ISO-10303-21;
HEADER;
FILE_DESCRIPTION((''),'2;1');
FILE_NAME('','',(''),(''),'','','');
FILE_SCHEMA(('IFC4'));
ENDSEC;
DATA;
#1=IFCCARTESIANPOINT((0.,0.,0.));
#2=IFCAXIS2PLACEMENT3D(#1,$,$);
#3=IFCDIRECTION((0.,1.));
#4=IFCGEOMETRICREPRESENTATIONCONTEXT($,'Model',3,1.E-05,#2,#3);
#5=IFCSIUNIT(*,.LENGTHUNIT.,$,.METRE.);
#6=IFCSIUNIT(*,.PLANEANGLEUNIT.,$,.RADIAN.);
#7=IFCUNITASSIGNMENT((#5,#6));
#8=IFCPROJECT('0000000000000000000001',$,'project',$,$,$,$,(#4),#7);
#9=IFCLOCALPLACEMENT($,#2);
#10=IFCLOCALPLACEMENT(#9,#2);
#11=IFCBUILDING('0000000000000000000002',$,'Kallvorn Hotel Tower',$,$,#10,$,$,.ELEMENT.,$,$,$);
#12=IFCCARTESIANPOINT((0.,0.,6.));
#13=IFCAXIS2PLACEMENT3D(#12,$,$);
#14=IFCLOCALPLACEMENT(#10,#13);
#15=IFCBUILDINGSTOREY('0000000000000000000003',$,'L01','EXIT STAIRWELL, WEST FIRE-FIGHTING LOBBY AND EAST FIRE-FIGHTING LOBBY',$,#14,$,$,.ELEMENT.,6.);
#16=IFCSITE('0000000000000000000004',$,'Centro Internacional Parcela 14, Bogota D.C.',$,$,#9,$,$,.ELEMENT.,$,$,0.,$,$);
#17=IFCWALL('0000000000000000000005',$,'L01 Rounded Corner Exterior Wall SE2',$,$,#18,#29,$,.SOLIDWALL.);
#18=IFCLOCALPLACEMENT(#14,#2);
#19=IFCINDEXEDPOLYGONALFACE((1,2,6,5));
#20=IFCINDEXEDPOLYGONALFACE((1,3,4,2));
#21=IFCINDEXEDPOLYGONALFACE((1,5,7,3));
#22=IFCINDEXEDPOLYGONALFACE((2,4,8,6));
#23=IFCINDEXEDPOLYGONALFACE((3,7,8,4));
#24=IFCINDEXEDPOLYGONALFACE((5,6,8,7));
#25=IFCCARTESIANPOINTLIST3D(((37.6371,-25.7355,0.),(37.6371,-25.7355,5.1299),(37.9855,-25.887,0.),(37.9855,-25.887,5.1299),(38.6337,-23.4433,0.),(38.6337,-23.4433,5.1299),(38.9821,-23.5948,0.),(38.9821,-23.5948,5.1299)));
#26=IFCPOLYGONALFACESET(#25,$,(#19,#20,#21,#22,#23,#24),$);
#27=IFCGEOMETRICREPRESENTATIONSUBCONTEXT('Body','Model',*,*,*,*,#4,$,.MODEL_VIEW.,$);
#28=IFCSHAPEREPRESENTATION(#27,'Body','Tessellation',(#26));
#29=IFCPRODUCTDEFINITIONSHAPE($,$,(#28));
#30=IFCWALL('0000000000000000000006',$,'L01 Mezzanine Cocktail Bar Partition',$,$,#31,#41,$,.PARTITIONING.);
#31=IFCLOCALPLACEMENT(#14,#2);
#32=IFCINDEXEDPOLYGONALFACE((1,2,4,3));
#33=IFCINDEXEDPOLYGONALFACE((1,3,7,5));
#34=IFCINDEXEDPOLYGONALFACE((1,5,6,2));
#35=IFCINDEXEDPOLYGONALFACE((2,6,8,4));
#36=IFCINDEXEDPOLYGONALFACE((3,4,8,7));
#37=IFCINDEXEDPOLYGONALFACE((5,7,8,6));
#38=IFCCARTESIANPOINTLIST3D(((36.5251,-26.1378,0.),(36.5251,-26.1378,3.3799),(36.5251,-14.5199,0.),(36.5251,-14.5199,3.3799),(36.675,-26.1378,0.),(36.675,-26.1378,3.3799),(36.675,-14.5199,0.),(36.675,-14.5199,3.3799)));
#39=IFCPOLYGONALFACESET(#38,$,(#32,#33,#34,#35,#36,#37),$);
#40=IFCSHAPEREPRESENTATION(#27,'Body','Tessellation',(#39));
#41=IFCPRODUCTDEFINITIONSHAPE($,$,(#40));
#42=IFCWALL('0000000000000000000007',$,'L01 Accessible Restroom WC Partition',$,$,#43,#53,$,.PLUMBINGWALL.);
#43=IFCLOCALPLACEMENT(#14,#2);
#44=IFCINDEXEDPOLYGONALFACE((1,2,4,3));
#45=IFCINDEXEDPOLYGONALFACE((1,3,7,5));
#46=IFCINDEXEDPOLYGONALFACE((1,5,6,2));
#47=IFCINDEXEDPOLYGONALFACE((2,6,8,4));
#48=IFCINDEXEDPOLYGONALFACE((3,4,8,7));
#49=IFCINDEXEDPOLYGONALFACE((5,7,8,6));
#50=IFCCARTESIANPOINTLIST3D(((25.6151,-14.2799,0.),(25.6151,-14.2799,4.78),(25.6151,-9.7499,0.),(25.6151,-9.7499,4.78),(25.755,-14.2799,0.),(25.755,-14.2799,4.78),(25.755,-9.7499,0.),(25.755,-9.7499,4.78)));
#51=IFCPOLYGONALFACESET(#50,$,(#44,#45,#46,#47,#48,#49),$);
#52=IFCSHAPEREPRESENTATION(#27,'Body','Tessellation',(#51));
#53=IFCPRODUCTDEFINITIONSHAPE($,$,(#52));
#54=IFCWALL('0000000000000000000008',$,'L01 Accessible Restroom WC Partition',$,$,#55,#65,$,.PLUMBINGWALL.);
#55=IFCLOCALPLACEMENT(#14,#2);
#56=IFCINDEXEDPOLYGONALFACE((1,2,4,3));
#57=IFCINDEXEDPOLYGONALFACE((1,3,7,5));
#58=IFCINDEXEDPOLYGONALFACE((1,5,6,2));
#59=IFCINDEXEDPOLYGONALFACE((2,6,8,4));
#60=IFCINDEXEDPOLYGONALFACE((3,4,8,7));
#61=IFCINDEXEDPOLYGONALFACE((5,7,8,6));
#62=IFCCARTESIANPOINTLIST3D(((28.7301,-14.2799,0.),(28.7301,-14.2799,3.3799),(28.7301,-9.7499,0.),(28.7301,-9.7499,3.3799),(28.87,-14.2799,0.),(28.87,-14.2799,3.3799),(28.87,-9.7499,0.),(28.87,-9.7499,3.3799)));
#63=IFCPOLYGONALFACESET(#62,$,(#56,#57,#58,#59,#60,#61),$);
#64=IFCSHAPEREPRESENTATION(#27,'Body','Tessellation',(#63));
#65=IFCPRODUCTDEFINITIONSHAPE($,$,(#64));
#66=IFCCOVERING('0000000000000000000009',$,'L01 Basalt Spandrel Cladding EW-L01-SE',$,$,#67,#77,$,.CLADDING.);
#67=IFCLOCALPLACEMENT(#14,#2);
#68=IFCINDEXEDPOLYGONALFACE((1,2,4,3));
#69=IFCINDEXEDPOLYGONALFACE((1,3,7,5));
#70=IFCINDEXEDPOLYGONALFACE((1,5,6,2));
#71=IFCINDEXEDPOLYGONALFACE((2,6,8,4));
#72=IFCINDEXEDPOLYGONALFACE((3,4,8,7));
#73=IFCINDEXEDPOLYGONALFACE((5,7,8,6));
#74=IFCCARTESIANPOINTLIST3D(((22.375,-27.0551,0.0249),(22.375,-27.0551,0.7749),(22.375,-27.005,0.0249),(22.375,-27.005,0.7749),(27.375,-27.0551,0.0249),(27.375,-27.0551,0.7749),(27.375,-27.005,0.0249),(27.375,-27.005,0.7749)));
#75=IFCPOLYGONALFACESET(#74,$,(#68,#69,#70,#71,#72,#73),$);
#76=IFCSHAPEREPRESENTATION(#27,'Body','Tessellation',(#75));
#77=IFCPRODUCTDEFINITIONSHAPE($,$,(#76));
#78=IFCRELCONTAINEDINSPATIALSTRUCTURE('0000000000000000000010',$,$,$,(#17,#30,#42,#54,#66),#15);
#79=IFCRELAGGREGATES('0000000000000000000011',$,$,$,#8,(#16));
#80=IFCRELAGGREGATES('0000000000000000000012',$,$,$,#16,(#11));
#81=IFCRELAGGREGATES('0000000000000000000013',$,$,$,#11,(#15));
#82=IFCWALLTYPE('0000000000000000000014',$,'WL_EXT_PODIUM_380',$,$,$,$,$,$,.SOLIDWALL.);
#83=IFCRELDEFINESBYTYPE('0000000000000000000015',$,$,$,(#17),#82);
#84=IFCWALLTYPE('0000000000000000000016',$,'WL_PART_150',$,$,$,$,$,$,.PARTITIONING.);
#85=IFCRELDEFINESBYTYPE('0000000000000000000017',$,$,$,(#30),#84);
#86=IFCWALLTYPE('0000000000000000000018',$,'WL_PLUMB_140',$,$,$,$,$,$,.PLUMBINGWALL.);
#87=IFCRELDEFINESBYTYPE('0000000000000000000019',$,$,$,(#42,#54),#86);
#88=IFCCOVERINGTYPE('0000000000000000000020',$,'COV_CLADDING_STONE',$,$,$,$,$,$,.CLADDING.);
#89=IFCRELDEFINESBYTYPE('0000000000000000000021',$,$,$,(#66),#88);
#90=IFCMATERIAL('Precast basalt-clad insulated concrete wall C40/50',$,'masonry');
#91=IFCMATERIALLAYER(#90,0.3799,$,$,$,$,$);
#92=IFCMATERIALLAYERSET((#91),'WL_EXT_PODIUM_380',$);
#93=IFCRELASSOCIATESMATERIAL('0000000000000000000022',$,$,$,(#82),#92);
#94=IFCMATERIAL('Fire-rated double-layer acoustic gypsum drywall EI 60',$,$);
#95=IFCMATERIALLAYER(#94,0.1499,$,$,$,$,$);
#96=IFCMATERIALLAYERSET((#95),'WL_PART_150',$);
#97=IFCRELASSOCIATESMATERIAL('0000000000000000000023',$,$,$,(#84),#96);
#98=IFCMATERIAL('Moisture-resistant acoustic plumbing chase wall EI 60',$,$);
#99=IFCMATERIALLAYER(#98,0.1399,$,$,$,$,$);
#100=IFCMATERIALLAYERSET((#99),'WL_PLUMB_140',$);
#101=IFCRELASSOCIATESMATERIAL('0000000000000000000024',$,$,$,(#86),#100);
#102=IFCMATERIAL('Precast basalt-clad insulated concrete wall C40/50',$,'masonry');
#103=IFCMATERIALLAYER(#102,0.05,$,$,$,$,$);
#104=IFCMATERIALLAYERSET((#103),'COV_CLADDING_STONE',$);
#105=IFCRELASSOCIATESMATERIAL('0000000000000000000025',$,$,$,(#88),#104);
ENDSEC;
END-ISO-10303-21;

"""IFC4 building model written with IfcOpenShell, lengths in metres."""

from ifc_helpers import new_model, si_unit, direction, frame, frame_2d, origin, origin_2d, place, context, subcontext, project, spatial, rectangle, extrude, material, layer, layer_set, type_object, element, save


model = new_model("IFC4")

# Units and contexts
model_context = context("Model", 3, precision=1e-05, world=origin(), true_north=direction((0.0, 1.0)))
body_context = subcontext(model_context, "Body", "Model", "MODEL_VIEW")
ifc_project = project(units=[si_unit("LENGTHUNIT", "METRE"), si_unit("PLANEANGLEUNIT", "RADIAN")], contexts=[model_context])

# Site, building, storey
site_placement = place(None, origin())
site = spatial("IfcSite", under=ifc_project, at=site_placement, Name="Centro Internacional Parcela 14, Bogota D.C.", CompositionType="ELEMENT", RefElevation=0.0)
building_placement = place(site_placement, origin())
building = spatial("IfcBuilding", under=site, at=building_placement, Name="Kallvorn Hotel Tower", CompositionType="ELEMENT")
storey_placement = place(building_placement, frame((0.0, 0.0, 6.0)))
storey = spatial("IfcBuildingStorey", under=building, at=storey_placement, Name="L01", Description="EXIT STAIRWELL, WEST FIRE-FIGHTING LOBBY AND EAST FIRE-FIGHTING LOBBY", CompositionType="ELEMENT", Elevation=6.0)

# Shared definitions
ifc_material_1 = material(Name="Precast basalt-clad insulated concrete wall C40/50", Category="masonry")
ifc_layer_1 = layer(ifc_material_1, 0.3799)
ifc_layer_set_1 = layer_set([ifc_layer_1], Name="WL_EXT_PODIUM_380")
wall_type_1 = type_object("IfcWallType", Name="WL_EXT_PODIUM_380", PredefinedType="SOLIDWALL", material=ifc_layer_set_1)

# Walls
for number, where, z_axis, x_axis, name in (
    (1, (37.8113, -25.8113, 0.0), (0.0, 0.0, 1.0), (0.398712, 0.917076, 0.0), "L01 Rounded Corner Exterior Wall SE2"),
):
    element("IfcWall", number, at=place(storey_placement, frame(where, z_axis=z_axis, x_axis=x_axis)), inside=storey, type_object=wall_type_1, Name=name, PredefinedType="SOLIDWALL", context=body_context, shape_type="SweptSolid", body=[
        extrude(rectangle(XDim=2.4995, YDim=0.3799, at=frame_2d((1.2498, 0.0))), origin(), (0.0, 0.0, 1.0), 5.1299),
    ])
ifc_material_2 = material(Name="Fire-rated double-layer acoustic gypsum drywall EI 60")
ifc_layer_2 = layer(ifc_material_2, 0.1499)
ifc_layer_set_2 = layer_set([ifc_layer_2], Name="WL_PART_150")
wall_type_2 = type_object("IfcWallType", Name="WL_PART_150", PredefinedType="PARTITIONING", material=ifc_layer_set_2)
wall_1_placement = place(storey_placement, frame((36.6001, -26.1379, 0.0), z_axis=(0.0, 0.0, 1.0), x_axis=(0.0, 1.0, 0.0)))
element("IfcWall", 2, at=wall_1_placement, inside=storey, type_object=wall_type_2, Name="L01 Mezzanine Cocktail Bar Partition", PredefinedType="PARTITIONING", context=body_context, shape_type="SweptSolid", body=[
    extrude(rectangle(XDim=11.6179, YDim=0.1499, at=frame_2d((5.8091, 0.0))), origin(), (0.0, 0.0, 1.0), 3.3799),
])
ifc_material_3 = material(Name="Moisture-resistant acoustic plumbing chase wall EI 60")
ifc_layer_3 = layer(ifc_material_3, 0.1399)
ifc_layer_set_3 = layer_set([ifc_layer_3], Name="WL_PLUMB_140")
wall_type_3 = type_object("IfcWallType", Name="WL_PLUMB_140", PredefinedType="PLUMBINGWALL", material=ifc_layer_set_3)
wall_2_placement = place(storey_placement, frame((25.6851, -14.28, 0.0), z_axis=(0.0, 0.0, 1.0), x_axis=(0.0, 1.0, 0.0)))
element("IfcWall", 3, at=wall_2_placement, inside=storey, type_object=wall_type_3, Name="L01 Accessible Restroom WC Partition", PredefinedType="PLUMBINGWALL", context=body_context, shape_type="SweptSolid", body=[
    extrude(rectangle(XDim=4.53, YDim=0.1399, at=frame_2d((2.2651, 0.0))), origin(), (0.0, 0.0, 1.0), 4.78),
])
wall_3_placement = place(storey_placement, frame((28.8, -14.28, 0.0), z_axis=(0.0, 0.0, 1.0), x_axis=(0.0, 1.0, 0.0)))
element("IfcWall", 4, at=wall_3_placement, inside=storey, type_object=wall_type_3, Name="L01 Accessible Restroom WC Partition", PredefinedType="PLUMBINGWALL", context=body_context, shape_type="SweptSolid", body=[
    extrude(rectangle(XDim=4.53, YDim=0.1399, at=frame_2d((2.2651, 0.0))), origin(), (0.0, 0.0, 1.0), 3.3799),
])

# Covering
ifc_material_4 = material(Name="Precast basalt-clad insulated concrete wall C40/50", Category="masonry")
ifc_layer_4 = layer(ifc_material_4, 0.05)
ifc_layer_set_4 = layer_set([ifc_layer_4], Name="COV_CLADDING_STONE")
covering_type = type_object("IfcCoveringType", Name="COV_CLADDING_STONE", PredefinedType="CLADDING", material=ifc_layer_set_4)
covering_placement = place(storey_placement, frame((24.875, -27.03, 0.0249), z_axis=(0.0, 0.0, 1.0), x_axis=(1.0, 0.0, 0.0)))
element("IfcCovering", 5, at=covering_placement, inside=storey, type_object=covering_type, Name="L01 Basalt Spandrel Cladding EW-L01-SE", PredefinedType="CLADDING", context=body_context, shape_type="SweptSolid", body=[
    extrude(rectangle(XDim=5.0, YDim=0.05, at=origin_2d()), origin(), (0.0, 0.0, 1.0), 0.75),
])

save(model, "model.ifc")
